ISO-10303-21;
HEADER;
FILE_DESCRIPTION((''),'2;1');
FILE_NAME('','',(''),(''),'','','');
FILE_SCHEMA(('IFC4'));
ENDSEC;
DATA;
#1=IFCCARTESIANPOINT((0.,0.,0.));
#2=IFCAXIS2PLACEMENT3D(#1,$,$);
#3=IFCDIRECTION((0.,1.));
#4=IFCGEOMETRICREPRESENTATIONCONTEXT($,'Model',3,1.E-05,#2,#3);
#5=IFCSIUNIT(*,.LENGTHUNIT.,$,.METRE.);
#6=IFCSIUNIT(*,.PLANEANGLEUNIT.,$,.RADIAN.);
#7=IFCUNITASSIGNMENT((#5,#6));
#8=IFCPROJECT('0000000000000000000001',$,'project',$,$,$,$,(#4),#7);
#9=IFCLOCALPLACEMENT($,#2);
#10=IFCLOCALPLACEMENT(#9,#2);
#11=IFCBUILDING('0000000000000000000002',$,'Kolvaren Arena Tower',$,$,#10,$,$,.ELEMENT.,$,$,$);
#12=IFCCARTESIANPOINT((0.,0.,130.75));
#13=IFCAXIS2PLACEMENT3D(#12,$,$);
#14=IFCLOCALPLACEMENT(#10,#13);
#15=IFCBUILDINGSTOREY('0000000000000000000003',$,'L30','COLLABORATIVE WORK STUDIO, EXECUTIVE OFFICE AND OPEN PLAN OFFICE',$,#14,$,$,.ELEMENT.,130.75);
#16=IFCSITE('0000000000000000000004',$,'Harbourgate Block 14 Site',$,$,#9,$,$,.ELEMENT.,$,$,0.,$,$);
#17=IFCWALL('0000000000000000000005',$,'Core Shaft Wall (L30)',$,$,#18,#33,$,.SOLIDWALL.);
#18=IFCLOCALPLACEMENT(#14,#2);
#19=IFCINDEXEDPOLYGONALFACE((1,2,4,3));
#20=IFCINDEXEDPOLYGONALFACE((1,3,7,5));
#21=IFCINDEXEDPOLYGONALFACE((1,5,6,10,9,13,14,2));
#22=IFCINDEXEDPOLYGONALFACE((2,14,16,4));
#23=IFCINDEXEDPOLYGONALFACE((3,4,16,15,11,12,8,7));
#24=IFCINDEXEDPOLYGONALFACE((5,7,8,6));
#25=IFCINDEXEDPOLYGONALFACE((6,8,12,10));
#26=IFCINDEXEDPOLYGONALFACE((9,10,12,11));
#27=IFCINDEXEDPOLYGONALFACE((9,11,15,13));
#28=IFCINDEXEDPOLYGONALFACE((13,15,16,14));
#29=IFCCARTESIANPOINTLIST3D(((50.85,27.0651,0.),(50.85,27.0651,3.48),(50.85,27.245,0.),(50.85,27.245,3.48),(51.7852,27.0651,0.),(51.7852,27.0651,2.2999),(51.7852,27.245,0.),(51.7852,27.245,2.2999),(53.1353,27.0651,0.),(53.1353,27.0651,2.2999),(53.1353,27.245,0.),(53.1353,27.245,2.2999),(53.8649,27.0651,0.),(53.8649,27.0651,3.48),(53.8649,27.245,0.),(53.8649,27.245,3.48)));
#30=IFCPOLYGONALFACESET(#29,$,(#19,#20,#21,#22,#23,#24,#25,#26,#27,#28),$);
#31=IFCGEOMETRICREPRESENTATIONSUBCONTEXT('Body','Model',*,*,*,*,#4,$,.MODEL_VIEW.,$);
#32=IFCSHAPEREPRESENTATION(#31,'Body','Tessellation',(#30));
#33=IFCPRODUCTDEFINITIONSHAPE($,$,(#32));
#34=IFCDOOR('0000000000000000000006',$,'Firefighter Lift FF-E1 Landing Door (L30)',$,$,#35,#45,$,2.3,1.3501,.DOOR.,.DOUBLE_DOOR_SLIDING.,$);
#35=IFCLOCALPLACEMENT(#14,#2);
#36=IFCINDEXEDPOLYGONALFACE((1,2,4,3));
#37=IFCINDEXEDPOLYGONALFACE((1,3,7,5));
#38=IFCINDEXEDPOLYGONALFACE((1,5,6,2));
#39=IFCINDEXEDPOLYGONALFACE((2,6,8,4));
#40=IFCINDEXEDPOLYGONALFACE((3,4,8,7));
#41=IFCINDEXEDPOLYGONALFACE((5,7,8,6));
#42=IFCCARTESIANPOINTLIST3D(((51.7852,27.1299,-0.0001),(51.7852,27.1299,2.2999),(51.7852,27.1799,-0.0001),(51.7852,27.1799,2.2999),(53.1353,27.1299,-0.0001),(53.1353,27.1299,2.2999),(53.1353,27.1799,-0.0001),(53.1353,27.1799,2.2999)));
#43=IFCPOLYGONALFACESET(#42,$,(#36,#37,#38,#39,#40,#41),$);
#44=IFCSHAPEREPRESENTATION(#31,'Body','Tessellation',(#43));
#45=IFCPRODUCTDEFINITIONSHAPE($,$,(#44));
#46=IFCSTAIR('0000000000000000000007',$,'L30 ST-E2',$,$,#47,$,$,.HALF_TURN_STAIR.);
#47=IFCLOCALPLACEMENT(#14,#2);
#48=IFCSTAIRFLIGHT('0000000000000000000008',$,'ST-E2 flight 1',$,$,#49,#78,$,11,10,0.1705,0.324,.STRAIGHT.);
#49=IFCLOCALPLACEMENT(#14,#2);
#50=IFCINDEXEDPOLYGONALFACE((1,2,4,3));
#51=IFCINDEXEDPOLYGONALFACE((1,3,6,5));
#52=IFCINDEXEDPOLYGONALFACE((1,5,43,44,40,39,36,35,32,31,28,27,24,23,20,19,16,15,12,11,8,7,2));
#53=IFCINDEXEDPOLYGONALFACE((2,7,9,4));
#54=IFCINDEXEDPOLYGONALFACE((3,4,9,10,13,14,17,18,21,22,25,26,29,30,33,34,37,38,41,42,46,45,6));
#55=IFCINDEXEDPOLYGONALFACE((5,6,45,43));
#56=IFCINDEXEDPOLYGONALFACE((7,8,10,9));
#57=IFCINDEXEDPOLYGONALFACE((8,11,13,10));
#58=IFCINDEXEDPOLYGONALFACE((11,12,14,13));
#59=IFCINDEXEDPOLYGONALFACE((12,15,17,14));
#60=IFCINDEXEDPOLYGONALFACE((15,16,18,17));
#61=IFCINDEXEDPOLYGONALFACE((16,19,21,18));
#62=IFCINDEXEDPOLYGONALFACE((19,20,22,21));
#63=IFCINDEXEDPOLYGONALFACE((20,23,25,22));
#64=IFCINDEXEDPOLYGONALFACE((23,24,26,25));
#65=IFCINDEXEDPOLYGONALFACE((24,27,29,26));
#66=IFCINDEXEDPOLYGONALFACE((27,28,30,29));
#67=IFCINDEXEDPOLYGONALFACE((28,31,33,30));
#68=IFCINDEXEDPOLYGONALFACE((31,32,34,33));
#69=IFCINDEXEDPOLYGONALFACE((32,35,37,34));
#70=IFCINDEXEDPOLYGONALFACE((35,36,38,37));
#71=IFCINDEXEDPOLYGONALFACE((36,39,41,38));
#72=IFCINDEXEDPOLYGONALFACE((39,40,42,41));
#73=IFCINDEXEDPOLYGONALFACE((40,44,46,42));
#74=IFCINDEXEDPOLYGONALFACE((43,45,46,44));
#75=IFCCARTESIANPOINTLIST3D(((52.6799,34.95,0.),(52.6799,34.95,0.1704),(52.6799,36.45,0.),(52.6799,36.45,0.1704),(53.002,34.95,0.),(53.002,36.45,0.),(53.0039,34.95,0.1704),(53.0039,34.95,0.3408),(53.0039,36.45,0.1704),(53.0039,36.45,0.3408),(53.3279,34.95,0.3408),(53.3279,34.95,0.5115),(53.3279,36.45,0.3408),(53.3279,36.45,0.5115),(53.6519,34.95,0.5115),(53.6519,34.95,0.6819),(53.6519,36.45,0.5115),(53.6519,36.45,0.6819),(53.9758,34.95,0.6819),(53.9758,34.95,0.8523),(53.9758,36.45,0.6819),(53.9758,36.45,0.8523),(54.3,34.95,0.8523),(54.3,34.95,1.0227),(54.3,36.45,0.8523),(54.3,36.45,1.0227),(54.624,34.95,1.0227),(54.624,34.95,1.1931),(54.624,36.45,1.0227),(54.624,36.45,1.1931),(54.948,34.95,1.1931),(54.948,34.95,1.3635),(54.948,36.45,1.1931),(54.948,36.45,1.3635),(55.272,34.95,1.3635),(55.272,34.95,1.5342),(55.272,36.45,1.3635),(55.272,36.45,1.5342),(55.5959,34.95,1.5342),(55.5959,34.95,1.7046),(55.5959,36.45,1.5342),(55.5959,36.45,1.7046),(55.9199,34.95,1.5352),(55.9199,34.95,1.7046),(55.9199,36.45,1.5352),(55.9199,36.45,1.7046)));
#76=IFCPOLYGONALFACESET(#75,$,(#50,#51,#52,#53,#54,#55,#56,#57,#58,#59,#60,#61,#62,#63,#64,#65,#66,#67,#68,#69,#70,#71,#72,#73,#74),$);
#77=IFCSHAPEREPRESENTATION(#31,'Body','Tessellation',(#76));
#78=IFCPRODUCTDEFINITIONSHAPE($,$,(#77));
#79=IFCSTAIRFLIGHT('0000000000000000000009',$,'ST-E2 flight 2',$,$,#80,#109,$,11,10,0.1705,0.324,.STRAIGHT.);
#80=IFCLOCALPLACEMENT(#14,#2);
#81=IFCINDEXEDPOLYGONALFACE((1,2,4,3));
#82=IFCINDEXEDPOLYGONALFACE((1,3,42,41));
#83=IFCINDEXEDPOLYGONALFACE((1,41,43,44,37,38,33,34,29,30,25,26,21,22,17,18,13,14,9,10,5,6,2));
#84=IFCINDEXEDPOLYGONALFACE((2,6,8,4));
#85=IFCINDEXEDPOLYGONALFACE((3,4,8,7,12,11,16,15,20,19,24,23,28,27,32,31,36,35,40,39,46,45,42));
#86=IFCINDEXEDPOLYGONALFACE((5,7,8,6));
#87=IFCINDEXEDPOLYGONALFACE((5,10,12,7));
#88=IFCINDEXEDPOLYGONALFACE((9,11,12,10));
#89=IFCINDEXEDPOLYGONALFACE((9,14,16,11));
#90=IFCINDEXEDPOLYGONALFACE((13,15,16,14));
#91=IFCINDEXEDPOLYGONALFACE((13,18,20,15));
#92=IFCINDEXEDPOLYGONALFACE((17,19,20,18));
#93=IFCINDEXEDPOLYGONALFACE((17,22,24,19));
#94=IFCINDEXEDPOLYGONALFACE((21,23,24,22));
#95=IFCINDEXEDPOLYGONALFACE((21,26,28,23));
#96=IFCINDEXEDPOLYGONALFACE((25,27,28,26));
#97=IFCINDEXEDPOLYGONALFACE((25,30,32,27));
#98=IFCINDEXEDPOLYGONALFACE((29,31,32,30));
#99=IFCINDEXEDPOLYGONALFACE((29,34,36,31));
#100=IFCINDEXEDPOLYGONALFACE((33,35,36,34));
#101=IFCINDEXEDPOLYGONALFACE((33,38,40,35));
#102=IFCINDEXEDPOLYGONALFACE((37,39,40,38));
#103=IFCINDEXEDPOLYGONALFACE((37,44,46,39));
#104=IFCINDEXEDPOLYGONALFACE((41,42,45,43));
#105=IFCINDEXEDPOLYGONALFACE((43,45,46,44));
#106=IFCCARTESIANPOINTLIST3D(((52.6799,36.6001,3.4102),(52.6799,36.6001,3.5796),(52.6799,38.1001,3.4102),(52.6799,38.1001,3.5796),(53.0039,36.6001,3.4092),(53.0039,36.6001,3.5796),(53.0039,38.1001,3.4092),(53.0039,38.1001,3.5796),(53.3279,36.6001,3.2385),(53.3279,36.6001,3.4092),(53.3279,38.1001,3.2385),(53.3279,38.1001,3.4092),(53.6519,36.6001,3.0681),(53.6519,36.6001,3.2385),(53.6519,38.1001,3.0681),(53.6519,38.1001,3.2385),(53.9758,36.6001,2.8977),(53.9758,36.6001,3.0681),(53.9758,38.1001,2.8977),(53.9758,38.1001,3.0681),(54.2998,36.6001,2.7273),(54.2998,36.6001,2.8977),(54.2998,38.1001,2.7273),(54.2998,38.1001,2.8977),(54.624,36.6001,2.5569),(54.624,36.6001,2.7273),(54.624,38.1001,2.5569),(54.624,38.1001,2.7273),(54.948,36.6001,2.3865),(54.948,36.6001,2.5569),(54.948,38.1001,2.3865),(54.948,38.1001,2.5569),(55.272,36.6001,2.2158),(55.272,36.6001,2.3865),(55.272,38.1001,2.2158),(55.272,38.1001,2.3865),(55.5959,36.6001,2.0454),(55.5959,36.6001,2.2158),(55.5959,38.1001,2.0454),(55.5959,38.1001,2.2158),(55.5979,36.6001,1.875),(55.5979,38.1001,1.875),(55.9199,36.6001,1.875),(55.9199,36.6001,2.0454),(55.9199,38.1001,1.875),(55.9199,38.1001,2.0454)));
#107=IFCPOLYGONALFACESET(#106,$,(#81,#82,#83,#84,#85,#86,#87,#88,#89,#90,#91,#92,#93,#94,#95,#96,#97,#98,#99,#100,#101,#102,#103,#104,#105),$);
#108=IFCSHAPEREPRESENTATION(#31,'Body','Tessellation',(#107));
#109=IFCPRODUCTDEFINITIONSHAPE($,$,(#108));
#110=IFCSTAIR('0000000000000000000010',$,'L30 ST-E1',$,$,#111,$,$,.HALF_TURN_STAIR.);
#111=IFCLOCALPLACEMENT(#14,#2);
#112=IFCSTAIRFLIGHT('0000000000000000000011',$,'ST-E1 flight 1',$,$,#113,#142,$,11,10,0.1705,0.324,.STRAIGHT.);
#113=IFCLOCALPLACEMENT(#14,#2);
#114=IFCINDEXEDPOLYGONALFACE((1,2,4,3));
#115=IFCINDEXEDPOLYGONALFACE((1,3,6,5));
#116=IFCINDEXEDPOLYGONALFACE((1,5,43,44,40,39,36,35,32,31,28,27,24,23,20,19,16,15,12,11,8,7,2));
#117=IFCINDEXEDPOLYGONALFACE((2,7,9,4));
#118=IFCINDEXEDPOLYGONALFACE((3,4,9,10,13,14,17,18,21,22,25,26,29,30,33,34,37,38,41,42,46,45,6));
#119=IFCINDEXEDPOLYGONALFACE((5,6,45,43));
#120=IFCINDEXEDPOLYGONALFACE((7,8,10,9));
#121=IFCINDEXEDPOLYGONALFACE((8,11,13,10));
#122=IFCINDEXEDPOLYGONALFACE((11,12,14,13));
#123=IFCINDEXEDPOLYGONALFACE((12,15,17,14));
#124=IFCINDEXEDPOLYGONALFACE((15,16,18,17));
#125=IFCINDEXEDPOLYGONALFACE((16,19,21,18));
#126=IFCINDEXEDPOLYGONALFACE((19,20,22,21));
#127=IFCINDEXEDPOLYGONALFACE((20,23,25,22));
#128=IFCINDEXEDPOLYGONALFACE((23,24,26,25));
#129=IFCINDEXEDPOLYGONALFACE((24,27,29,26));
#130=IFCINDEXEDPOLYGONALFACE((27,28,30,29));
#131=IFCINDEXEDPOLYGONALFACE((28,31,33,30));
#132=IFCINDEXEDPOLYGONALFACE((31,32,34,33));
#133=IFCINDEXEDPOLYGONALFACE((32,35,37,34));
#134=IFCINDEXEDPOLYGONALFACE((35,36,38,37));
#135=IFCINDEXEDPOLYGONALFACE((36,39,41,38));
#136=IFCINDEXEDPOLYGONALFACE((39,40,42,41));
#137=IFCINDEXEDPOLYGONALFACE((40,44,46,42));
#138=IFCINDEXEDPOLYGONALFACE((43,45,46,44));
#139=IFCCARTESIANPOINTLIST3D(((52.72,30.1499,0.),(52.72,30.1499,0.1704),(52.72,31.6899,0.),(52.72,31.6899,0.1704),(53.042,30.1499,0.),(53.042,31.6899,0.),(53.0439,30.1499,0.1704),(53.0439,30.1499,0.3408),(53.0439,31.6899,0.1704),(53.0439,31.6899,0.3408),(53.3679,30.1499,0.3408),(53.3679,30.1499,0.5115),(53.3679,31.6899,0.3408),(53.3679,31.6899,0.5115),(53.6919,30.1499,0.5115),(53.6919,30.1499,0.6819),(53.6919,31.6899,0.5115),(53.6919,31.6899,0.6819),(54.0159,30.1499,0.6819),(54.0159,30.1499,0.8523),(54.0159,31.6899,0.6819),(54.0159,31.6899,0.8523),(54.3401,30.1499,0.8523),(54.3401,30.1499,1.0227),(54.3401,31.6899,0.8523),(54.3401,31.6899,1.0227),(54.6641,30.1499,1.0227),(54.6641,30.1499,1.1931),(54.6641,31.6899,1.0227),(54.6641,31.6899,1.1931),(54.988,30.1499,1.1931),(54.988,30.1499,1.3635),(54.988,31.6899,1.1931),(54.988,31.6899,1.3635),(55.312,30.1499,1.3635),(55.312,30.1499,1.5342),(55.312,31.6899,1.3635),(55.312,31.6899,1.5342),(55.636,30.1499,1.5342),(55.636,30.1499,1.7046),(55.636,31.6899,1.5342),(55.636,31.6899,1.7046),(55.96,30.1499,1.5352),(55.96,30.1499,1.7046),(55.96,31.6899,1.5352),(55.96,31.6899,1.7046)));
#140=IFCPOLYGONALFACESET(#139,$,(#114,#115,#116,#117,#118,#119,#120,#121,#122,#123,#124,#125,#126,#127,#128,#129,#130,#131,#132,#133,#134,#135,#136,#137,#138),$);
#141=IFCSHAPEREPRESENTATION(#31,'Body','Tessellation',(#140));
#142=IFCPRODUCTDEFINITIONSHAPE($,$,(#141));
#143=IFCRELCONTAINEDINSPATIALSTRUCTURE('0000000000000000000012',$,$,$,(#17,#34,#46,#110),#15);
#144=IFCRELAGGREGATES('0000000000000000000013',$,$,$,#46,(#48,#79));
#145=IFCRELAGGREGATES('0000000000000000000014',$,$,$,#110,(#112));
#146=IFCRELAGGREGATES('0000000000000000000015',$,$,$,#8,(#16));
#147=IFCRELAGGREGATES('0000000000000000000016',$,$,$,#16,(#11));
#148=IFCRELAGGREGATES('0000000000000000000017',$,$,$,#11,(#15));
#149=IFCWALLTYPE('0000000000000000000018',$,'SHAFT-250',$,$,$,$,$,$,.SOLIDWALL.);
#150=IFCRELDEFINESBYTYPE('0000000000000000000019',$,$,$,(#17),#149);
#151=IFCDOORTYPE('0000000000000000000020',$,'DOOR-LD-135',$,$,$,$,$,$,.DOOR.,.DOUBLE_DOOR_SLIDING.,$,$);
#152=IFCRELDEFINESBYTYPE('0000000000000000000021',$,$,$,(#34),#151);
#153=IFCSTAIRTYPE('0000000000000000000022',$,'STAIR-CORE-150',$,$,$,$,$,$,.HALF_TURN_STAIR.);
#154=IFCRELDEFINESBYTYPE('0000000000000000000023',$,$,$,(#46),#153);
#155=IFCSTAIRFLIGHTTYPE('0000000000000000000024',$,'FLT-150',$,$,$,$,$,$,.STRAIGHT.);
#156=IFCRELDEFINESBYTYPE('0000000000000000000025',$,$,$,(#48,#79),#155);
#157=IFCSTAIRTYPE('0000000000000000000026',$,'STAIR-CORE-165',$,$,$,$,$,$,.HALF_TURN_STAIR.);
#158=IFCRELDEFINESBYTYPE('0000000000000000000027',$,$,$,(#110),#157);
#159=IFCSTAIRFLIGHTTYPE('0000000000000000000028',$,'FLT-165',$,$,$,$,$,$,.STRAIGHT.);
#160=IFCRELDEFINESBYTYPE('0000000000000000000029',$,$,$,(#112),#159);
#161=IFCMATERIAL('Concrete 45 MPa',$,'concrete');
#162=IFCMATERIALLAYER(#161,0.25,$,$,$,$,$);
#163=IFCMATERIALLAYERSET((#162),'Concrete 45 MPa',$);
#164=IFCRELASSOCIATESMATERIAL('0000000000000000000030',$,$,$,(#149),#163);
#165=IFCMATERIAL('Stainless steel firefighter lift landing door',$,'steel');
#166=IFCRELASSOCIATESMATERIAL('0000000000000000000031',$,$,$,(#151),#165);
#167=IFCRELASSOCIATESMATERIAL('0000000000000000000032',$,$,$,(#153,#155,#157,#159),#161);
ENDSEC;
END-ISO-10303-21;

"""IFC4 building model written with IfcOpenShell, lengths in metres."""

from ifc_helpers import new_model, si_unit, direction, frame, frame_2d, origin, place, context, subcontext, project, spatial, polyline, rectangle, outline, extrude, material, layer, layer_set, type_object, element, fill, aggregate, save


model = new_model("IFC4")

# Units and contexts
model_context = context("Model", 3, precision=1e-05, world=origin(), true_north=direction((0.0, 1.0)))
body_context = subcontext(model_context, "Body", "Model", "MODEL_VIEW")
ifc_project = project(units=[si_unit("LENGTHUNIT", "METRE"), si_unit("PLANEANGLEUNIT", "RADIAN")], contexts=[model_context])

# Site, building, storey
site_placement = place(None, origin())
site = spatial("IfcSite", under=ifc_project, at=site_placement, Name="Harbourgate Block 14 Site", CompositionType="ELEMENT", RefElevation=0.0)
building_placement = place(site_placement, origin())
building = spatial("IfcBuilding", under=site, at=building_placement, Name="Kolvaren Arena Tower", CompositionType="ELEMENT")
storey_placement = place(building_placement, frame((0.0, 0.0, 130.75)))
storey = spatial("IfcBuildingStorey", under=building, at=storey_placement, Name="L30", Description="COLLABORATIVE WORK STUDIO, EXECUTIVE OFFICE AND OPEN PLAN OFFICE", CompositionType="ELEMENT", Elevation=130.75)

# Shared definitions
ifc_material_1 = material(Name="Concrete 45 MPa", Category="concrete")
ifc_layer_1 = layer(ifc_material_1, 0.25)
ifc_layer_set_1 = layer_set([ifc_layer_1], Name="Concrete 45 MPa")
wall_type_1 = type_object("IfcWallType", Name="SHAFT-250", PredefinedType="SOLIDWALL", material=ifc_layer_set_1)

# Wall, opening, door
wall_1_placement = place(storey_placement, frame((50.8501, 27.155, 0.0), z_axis=(0.0, 0.0, 1.0), x_axis=(1.0, 0.0, 0.0)))
wall_1 = element("IfcWall", 1, at=wall_1_placement, inside=storey, type_object=wall_type_1, Name="Core Shaft Wall (L30)", PredefinedType="SOLIDWALL", context=body_context, shape_type="SweptSolid", body=[
    extrude(rectangle(XDim=3.0149, YDim=0.1799, at=frame_2d((1.5073, 0.0))), origin(), (0.0, 0.0, 1.0), 3.48),
])
opening_placement = place(wall_1_placement, frame((0.9351, 0.0, 0.0)))
opening = element("IfcOpeningElement", 2, at=opening_placement, cuts=wall_1, PredefinedType="OPENING", context=body_context, shape_type="SweptSolid", body=[
    extrude(rectangle(XDim=1.3501, YDim=2.3, at=frame_2d((0.675, 1.1499))), frame((0.0, 0.0999, 0.0), z_axis=(0.0, -1.0, 0.0), x_axis=(1.0, 0.0, 0.0)), (0.0, 0.0, 1.0), 0.2),
])
ifc_material_2 = material(Name="Stainless steel firefighter lift landing door", Category="steel")
door_type = type_object("IfcDoorType", Name="DOOR-LD-135", OperationType="DOUBLE_DOOR_SLIDING", PredefinedType="DOOR", material=ifc_material_2)
door_placement = place(opening_placement, origin())
door = element("IfcDoor", 3, at=door_placement, inside=storey, type_object=door_type, Name="Firefighter Lift FF-E1 Landing Door (L30)", OperationType="DOUBLE_DOOR_SLIDING", OverallHeight=2.3, OverallWidth=1.3501, PredefinedType="DOOR", context=body_context, shape_type="SweptSolid", body=[
    extrude(rectangle(XDim=1.3501, YDim=2.3, at=frame_2d((0.675, 1.1499))), frame((0.0, 0.0249, 0.0), z_axis=(0.0, -1.0, 0.0), x_axis=(1.0, 0.0, 0.0)), (0.0, 0.0, 1.0), 0.05),
])
fill(opening, door)

# Stair, stair flights
stair_type_1 = type_object("IfcStairType", Name="STAIR-CORE-150", PredefinedType="HALF_TURN_STAIR", material=ifc_material_1)
stair_1_placement = place(storey_placement, origin())
stair_1 = element("IfcStair", 4, at=stair_1_placement, inside=storey, type_object=stair_type_1, Name="L30 ST-E2", PredefinedType="HALF_TURN_STAIR")
stair_flight_type_1 = type_object("IfcStairFlightType", Name="FLT-150", PredefinedType="STRAIGHT", material=ifc_material_1)
stair_flight_1_placement = place(storey_placement, frame((52.6799, 35.7, 0.0), z_axis=(0.0, 0.0, 1.0), x_axis=(1.0, 0.0, 0.0)))
stair_flight_1 = element("IfcStairFlight", 5, at=stair_flight_1_placement, type_object=stair_flight_type_1, Name="ST-E2 flight 1", NumberOfRisers=11, NumberOfTreads=10, PredefinedType="STRAIGHT", RiserHeight=0.1705, TreadLength=0.324, context=body_context, shape_type="SweptSolid", body=[
    extrude(outline(polyline([(0.0, 0.0), (0.0, 0.1704), (0.324, 0.1704), (0.324, 0.3408), (0.6479, 0.3408), (0.6479, 0.5115), (0.9719, 0.5115), (0.9719, 0.6819), (1.2959, 0.6819), (1.2959, 0.8523), (1.6201, 0.8523), (1.6201, 1.0227), (1.9441, 1.0227), (1.9441, 1.1931), (2.2681, 1.1931), (2.2681, 1.3635), (2.592, 1.3635), (2.592, 1.5342), (2.916, 1.5342), (2.916, 1.7046), (3.24, 1.7046), (3.24, 1.875), (3.24, 1.5352), (0.322, 0.0), (0.0, 0.0)])), frame((0.0, 0.75, 0.0), z_axis=(0.0, -1.0, 0.0), x_axis=(1.0, 0.0, 0.0)), (0.0, 0.0, 1.0), 1.5),
])
stair_flight_2_placement = place(storey_placement, frame((55.9199, 37.3501, 1.875), z_axis=(0.0, 0.0, 1.0), x_axis=(-1.0, 0.0, 0.0)))
stair_flight_2 = element("IfcStairFlight", 6, at=stair_flight_2_placement, type_object=stair_flight_type_1, Name="ST-E2 flight 2", NumberOfRisers=11, NumberOfTreads=10, PredefinedType="STRAIGHT", RiserHeight=0.1705, TreadLength=0.324, context=body_context, shape_type="SweptSolid", body=[
    extrude(outline(polyline([(0.0, 0.0), (0.0, 0.1704), (0.324, 0.1704), (0.324, 0.3408), (0.6479, 0.3408), (0.6479, 0.5115), (0.9719, 0.5115), (0.9719, 0.6819), (1.2959, 0.6819), (1.2959, 0.8523), (1.6201, 0.8523), (1.6201, 1.0227), (1.9441, 1.0227), (1.9441, 1.1931), (2.2681, 1.1931), (2.2681, 1.3635), (2.592, 1.3635), (2.592, 1.5342), (2.916, 1.5342), (2.916, 1.7046), (3.24, 1.7046), (3.24, 1.875), (3.24, 1.5352), (0.322, 0.0), (0.0, 0.0)])), frame((0.0, 0.75, 0.0), z_axis=(0.0, -1.0, 0.0), x_axis=(1.0, 0.0, 0.0)), (0.0, 0.0, 1.0), 1.5),
])
aggregate(stair_1, [stair_flight_1, stair_flight_2])

# Stair, stair flight
stair_type_2 = type_object("IfcStairType", Name="STAIR-CORE-165", PredefinedType="HALF_TURN_STAIR", material=ifc_material_1)
stair_2_placement = place(storey_placement, origin())
stair_2 = element("IfcStair", 7, at=stair_2_placement, inside=storey, type_object=stair_type_2, Name="L30 ST-E1", PredefinedType="HALF_TURN_STAIR")
stair_flight_type_2 = type_object("IfcStairFlightType", Name="FLT-165", PredefinedType="STRAIGHT", material=ifc_material_1)
stair_flight_3_placement = place(storey_placement, frame((52.72, 30.9199, 0.0), z_axis=(0.0, 0.0, 1.0), x_axis=(1.0, 0.0, 0.0)))
stair_flight_3 = element("IfcStairFlight", 8, at=stair_flight_3_placement, type_object=stair_flight_type_2, Name="ST-E1 flight 1", NumberOfRisers=11, NumberOfTreads=10, PredefinedType="STRAIGHT", RiserHeight=0.1705, TreadLength=0.324, context=body_context, shape_type="SweptSolid", body=[
    extrude(outline(polyline([(0.0, 0.0), (0.0, 0.1704), (0.324, 0.1704), (0.324, 0.3408), (0.6479, 0.3408), (0.6479, 0.5115), (0.9719, 0.5115), (0.9719, 0.6819), (1.2959, 0.6819), (1.2959, 0.8523), (1.6201, 0.8523), (1.6201, 1.0227), (1.9441, 1.0227), (1.9441, 1.1931), (2.2681, 1.1931), (2.2681, 1.3635), (2.592, 1.3635), (2.592, 1.5342), (2.916, 1.5342), (2.916, 1.7046), (3.24, 1.7046), (3.24, 1.875), (3.24, 1.5352), (0.322, 0.0), (0.0, 0.0)])), frame((0.0, 0.77, 0.0), z_axis=(0.0, -1.0, 0.0), x_axis=(1.0, 0.0, 0.0)), (0.0, 0.0, 1.0), 1.54),
])
aggregate(stair_2, [stair_flight_3])

save(model, "model.ifc")
